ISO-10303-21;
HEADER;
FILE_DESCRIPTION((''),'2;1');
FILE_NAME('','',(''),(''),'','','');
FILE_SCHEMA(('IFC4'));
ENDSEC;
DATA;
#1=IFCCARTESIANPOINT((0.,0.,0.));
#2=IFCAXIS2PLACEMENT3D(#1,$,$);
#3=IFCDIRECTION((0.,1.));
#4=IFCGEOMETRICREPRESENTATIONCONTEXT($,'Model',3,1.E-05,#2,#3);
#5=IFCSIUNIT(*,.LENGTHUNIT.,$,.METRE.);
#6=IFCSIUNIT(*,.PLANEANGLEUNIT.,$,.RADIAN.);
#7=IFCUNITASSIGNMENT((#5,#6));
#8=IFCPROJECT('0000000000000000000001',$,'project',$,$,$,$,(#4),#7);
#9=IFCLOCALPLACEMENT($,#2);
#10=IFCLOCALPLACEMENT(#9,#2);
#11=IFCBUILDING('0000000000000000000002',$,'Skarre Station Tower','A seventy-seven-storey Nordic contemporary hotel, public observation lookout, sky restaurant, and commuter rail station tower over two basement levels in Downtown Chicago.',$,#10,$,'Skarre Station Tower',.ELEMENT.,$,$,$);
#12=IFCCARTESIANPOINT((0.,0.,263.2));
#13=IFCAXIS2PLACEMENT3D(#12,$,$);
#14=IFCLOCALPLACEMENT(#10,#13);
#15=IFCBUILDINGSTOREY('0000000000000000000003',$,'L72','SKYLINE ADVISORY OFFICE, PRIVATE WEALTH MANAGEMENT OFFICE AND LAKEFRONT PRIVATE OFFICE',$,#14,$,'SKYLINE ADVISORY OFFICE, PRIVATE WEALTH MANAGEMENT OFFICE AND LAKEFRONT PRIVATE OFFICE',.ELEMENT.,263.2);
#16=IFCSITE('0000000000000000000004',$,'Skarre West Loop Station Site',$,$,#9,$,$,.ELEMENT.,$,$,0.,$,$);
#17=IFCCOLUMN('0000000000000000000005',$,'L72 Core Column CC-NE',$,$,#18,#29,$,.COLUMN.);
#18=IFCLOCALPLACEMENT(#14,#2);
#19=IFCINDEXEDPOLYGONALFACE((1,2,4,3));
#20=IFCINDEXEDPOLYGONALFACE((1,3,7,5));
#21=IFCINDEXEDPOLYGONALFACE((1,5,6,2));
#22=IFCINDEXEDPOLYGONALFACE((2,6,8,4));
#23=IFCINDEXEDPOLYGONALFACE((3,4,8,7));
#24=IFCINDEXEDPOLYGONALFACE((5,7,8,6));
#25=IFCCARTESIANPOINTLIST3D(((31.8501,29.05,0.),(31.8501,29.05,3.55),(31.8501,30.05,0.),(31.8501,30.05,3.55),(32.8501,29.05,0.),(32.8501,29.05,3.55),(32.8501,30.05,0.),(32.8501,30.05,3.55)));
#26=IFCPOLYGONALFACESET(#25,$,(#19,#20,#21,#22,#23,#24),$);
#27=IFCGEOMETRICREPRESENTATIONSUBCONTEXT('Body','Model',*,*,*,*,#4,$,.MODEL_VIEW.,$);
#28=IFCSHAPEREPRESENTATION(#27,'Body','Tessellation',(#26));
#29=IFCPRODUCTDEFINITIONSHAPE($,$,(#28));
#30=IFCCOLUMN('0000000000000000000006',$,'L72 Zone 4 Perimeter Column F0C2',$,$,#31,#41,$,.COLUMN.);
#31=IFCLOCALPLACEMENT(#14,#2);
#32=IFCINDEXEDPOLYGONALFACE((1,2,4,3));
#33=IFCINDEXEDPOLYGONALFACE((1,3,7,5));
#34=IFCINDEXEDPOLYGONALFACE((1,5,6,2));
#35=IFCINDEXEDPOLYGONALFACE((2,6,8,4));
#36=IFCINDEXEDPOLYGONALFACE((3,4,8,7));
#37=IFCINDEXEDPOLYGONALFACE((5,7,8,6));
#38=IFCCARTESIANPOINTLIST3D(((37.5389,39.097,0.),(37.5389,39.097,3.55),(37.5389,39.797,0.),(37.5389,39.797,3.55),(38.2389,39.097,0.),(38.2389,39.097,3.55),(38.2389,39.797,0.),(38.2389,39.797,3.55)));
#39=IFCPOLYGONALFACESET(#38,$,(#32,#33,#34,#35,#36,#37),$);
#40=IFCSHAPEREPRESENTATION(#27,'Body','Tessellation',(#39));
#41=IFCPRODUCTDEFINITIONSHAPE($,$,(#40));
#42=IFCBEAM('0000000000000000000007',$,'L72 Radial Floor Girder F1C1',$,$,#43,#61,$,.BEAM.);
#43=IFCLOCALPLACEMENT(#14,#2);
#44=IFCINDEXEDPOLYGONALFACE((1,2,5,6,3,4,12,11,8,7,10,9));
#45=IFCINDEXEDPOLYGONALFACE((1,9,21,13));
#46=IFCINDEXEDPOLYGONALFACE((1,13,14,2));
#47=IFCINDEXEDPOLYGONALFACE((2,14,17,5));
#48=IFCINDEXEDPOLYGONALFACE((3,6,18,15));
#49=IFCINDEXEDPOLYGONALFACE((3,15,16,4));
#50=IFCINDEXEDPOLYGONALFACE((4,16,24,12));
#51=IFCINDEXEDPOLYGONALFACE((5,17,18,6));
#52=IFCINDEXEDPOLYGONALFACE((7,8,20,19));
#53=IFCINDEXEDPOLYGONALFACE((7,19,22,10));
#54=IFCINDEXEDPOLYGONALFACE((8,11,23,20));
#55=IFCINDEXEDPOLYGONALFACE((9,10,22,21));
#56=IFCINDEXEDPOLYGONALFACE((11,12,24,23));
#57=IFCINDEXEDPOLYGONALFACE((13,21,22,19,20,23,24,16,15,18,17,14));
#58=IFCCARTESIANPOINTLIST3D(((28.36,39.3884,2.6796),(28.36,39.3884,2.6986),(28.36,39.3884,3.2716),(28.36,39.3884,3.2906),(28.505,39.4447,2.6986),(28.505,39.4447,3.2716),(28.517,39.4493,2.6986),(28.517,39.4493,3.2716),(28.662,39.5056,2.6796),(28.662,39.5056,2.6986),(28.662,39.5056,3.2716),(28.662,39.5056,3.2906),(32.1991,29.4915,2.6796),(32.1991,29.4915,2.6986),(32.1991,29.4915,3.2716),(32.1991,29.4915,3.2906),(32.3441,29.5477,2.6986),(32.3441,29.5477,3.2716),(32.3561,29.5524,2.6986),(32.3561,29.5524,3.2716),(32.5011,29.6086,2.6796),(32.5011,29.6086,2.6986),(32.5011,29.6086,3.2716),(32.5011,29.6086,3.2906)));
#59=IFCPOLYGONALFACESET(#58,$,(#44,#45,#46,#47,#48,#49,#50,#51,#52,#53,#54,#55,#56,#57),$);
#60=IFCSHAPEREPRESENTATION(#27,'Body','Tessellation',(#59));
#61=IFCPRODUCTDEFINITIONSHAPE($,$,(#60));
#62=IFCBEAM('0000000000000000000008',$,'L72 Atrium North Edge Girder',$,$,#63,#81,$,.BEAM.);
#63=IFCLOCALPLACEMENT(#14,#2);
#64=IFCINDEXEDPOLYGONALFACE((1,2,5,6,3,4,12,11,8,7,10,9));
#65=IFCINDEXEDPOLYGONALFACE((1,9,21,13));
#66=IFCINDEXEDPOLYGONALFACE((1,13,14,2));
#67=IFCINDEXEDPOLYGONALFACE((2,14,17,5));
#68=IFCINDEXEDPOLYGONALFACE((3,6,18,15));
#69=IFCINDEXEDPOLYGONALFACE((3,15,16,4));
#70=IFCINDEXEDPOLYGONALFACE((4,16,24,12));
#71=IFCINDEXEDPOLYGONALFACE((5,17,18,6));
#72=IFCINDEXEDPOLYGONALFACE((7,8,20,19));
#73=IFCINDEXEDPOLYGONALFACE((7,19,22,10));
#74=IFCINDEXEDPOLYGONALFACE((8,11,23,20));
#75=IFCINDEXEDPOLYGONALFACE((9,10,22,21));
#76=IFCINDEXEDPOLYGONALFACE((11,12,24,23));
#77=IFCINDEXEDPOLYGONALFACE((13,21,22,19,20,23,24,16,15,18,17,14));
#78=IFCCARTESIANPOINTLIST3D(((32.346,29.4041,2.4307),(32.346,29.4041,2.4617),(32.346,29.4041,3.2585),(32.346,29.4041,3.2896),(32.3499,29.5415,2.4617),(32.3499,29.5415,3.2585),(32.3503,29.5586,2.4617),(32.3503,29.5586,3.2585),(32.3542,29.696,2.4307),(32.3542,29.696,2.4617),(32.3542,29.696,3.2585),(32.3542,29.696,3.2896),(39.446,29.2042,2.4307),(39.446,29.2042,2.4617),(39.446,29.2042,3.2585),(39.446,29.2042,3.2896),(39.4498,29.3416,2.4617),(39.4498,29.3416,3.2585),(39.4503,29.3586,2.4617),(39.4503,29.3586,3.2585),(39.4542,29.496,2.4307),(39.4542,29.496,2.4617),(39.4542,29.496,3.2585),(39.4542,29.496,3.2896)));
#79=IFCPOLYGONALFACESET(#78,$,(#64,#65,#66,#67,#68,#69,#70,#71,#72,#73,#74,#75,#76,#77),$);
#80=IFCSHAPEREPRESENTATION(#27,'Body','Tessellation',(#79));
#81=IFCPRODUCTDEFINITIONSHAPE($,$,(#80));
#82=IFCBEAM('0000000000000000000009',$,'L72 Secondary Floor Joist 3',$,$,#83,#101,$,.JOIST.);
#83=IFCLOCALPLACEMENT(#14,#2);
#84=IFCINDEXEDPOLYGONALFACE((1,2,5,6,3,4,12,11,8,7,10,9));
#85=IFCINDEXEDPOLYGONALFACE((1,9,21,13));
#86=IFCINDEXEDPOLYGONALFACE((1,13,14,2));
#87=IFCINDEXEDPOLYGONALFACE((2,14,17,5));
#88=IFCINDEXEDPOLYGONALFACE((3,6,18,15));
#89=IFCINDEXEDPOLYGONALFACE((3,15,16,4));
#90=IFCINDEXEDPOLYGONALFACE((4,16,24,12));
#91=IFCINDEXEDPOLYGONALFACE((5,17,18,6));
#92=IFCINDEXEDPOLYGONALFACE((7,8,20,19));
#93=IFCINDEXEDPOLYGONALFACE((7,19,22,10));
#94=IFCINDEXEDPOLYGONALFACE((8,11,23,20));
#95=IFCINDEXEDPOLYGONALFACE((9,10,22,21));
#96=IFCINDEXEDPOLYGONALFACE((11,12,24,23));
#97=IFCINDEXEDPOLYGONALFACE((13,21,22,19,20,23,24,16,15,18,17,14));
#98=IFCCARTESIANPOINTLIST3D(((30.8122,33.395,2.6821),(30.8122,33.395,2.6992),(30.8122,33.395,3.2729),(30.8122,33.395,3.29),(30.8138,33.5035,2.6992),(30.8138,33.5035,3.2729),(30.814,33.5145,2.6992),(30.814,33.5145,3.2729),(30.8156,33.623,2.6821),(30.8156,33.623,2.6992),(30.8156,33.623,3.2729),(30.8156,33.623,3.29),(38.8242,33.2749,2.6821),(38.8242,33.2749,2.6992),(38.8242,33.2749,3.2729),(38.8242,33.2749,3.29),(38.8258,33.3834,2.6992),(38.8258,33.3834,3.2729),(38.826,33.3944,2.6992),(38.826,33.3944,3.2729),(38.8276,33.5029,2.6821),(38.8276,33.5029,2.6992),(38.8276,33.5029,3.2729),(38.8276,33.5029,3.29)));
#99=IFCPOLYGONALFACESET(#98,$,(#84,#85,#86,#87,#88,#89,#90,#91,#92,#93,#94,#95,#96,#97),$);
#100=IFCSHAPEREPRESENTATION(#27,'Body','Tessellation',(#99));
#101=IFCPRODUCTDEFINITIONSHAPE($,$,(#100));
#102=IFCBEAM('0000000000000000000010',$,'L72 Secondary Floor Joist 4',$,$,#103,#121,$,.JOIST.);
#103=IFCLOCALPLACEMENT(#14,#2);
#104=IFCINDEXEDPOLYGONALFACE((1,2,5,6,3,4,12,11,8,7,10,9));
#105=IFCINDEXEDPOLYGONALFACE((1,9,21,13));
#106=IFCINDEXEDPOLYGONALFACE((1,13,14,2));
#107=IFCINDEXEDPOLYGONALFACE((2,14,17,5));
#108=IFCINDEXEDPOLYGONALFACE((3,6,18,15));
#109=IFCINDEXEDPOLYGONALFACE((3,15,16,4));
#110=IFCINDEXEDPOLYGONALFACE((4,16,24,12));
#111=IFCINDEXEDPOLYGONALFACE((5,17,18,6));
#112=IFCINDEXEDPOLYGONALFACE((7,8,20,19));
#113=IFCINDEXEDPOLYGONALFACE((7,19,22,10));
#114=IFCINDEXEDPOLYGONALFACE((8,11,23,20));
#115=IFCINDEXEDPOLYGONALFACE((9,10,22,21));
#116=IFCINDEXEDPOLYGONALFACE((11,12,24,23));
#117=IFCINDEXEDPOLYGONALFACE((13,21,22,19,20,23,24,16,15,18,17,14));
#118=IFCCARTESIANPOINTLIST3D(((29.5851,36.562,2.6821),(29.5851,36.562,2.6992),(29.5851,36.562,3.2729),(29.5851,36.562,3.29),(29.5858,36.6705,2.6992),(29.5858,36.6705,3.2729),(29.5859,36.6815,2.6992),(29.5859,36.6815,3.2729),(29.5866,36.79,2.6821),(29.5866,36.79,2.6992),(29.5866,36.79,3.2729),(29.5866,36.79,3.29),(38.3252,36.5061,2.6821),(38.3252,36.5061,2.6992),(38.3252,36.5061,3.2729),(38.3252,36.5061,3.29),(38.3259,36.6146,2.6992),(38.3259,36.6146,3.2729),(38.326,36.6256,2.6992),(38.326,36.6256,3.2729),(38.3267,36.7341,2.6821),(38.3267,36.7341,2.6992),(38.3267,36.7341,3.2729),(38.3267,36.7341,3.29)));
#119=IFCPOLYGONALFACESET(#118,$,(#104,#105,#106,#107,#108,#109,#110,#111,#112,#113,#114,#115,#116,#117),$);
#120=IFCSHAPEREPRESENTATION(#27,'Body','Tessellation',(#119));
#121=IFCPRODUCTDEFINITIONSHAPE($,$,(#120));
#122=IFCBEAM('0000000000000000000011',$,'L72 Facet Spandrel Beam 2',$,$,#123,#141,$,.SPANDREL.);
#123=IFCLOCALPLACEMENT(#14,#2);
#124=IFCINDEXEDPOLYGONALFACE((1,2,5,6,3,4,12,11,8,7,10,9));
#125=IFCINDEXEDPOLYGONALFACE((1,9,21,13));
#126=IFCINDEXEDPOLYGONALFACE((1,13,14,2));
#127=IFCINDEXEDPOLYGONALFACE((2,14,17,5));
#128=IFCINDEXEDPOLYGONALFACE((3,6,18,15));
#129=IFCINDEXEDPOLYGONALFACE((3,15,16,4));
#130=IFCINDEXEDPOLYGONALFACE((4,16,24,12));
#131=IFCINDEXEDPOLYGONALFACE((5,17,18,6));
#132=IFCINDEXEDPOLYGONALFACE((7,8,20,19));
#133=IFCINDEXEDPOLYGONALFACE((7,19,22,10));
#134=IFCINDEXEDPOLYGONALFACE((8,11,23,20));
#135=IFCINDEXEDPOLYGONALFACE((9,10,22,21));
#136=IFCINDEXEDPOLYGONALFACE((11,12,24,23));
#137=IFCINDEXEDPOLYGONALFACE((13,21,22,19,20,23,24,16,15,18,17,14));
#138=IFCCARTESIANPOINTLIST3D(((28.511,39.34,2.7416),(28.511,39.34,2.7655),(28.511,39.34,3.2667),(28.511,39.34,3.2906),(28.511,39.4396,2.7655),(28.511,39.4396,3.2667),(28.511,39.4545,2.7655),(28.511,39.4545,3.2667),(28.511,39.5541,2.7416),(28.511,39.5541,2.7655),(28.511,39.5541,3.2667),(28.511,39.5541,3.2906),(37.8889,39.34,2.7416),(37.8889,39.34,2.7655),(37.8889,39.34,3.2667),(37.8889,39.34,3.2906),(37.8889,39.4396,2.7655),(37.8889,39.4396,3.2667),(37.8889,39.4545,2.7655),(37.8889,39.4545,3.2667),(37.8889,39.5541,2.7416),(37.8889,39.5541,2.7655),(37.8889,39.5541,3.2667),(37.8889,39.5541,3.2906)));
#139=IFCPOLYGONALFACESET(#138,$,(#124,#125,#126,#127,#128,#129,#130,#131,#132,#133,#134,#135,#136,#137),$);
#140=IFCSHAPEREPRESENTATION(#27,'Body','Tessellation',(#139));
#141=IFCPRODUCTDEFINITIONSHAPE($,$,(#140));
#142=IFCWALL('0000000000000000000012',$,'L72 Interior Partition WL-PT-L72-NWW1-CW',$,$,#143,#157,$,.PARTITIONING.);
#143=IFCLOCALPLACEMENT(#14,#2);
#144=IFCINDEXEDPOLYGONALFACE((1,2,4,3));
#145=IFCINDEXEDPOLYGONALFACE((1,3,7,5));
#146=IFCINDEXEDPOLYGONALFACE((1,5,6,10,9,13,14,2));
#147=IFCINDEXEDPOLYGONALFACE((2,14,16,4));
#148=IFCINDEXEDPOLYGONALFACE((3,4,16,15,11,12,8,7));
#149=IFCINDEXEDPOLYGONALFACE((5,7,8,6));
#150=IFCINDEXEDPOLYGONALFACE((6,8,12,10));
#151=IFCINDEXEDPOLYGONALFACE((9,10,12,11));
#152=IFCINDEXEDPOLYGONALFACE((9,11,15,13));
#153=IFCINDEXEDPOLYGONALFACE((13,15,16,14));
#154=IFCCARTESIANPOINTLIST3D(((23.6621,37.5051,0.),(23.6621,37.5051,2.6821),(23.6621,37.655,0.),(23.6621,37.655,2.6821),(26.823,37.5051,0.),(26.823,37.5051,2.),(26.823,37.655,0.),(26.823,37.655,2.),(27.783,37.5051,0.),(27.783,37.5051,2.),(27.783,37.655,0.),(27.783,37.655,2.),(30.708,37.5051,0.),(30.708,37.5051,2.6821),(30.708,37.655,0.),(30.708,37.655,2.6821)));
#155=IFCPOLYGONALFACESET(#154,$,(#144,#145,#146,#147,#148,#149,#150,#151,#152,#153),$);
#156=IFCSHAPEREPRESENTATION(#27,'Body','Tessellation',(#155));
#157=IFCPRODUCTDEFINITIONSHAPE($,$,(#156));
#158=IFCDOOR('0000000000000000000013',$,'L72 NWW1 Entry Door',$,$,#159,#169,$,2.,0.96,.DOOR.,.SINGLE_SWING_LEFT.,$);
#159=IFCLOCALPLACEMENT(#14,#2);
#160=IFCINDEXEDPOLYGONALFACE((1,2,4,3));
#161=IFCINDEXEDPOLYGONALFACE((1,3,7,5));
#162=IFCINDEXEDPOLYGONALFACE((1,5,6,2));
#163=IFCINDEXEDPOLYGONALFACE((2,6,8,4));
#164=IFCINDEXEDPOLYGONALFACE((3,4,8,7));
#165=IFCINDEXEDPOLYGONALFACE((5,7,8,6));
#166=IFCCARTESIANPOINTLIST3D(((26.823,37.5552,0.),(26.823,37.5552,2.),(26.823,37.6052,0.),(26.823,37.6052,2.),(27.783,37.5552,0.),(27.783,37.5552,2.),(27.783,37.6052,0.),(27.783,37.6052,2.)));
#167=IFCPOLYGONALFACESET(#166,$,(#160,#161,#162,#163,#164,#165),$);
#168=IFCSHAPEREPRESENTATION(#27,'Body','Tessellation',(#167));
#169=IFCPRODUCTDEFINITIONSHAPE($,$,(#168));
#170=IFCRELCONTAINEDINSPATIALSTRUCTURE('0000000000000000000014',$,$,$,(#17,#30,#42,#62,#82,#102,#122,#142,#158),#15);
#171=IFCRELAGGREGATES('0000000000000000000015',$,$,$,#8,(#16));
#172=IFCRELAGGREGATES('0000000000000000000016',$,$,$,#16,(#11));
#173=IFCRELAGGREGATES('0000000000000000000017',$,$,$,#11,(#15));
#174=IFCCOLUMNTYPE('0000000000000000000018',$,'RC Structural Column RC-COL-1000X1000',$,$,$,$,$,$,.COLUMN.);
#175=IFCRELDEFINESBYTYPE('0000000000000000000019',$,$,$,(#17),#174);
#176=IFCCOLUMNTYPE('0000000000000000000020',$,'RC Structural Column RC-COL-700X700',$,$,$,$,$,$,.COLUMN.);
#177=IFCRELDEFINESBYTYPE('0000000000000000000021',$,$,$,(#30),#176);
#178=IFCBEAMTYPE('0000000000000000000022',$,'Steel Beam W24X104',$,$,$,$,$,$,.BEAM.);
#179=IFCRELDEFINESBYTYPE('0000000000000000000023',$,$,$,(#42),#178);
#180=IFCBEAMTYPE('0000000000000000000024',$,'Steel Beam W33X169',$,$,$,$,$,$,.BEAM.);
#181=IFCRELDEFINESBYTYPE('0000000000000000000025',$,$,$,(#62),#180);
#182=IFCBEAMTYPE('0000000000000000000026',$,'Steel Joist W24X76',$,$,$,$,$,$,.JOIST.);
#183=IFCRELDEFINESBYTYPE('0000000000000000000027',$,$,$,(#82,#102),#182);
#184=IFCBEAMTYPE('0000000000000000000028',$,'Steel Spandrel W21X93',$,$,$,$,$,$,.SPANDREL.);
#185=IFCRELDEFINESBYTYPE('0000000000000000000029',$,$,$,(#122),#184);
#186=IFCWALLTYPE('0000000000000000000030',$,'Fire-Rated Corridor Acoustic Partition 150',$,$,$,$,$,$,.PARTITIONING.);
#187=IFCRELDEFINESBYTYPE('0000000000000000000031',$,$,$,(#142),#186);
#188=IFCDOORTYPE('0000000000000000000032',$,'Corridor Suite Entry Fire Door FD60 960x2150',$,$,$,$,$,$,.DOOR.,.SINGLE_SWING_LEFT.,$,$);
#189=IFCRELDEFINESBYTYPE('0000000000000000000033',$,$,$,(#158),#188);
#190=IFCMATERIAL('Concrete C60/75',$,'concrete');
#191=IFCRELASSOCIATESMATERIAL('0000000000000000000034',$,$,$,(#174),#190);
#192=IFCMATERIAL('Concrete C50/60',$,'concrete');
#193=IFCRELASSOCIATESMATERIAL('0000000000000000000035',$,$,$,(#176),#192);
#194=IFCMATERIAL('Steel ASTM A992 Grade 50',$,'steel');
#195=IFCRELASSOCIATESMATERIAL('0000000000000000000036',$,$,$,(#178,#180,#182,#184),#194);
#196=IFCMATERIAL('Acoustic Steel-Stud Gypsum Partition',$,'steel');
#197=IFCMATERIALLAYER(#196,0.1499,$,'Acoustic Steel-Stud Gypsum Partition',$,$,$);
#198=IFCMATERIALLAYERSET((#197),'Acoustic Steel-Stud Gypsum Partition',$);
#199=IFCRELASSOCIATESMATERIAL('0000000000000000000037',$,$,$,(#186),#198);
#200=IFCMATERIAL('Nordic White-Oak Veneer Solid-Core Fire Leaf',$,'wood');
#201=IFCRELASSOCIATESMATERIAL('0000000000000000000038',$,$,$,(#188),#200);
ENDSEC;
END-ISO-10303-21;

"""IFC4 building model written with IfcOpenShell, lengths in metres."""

from ifc_helpers import new_model, si_unit, direction, frame, frame_2d, origin, origin_2d, place, context, subcontext, project, spatial, rectangle, i_section, extrude, material, layer, layer_set, material_profile, profile_set, type_object, element, fill, save


model = new_model("IFC4")

# Units and contexts
model_context = context("Model", 3, precision=1e-05, world=origin(), true_north=direction((0.0, 1.0)))
body_context = subcontext(model_context, "Body", "Model", "MODEL_VIEW")
ifc_project = project(units=[si_unit("LENGTHUNIT", "METRE"), si_unit("PLANEANGLEUNIT", "RADIAN")], contexts=[model_context])

# Site, building, storey
site_placement = place(None, origin())
site = spatial("IfcSite", under=ifc_project, at=site_placement, Name="Skarre West Loop Station Site", CompositionType="ELEMENT", RefElevation=0.0)
building_placement = place(site_placement, origin())
building = spatial("IfcBuilding", under=site, at=building_placement, Name="Skarre Station Tower", Description="A seventy-seven-storey Nordic contemporary hotel, public observation lookout, sky restaurant, and commuter rail station tower over two basement levels in Downtown Chicago.", LongName="Skarre Station Tower", CompositionType="ELEMENT")
storey_placement = place(building_placement, frame((0.0, 0.0, 263.2)))
storey = spatial("IfcBuildingStorey", under=building, at=storey_placement, Name="L72", Description="SKYLINE ADVISORY OFFICE, PRIVATE WEALTH MANAGEMENT OFFICE AND LAKEFRONT PRIVATE OFFICE", LongName="SKYLINE ADVISORY OFFICE, PRIVATE WEALTH MANAGEMENT OFFICE AND LAKEFRONT PRIVATE OFFICE", CompositionType="ELEMENT", Elevation=263.2)

# Columns
ifc_material_1 = material(Name="Concrete C60/75", Category="concrete")
ifc_material_profile_1 = material_profile(ifc_material_1, rectangle(XDim=1.0, YDim=1.0, at=origin_2d()), Name="Concrete C60/75")
ifc_profile_set_1 = profile_set([ifc_material_profile_1], Name="Concrete C60/75")
column_type_1 = type_object("IfcColumnType", Name="RC Structural Column RC-COL-1000X1000", PredefinedType="COLUMN", material=ifc_profile_set_1)
column_1_placement = place(storey_placement, frame((32.3501, 29.55, 0.0), z_axis=(0.0, 0.0, 1.0), x_axis=(1.0, 0.0, 0.0)))
element("IfcColumn", 1, at=column_1_placement, inside=storey, type_object=column_type_1, Name="L72 Core Column CC-NE", PredefinedType="COLUMN", context=body_context, shape_type="SweptSolid", body=[
    extrude(rectangle(XDim=1.0, YDim=1.0, at=origin_2d()), origin(), (0.0, 0.0, 1.0), 3.55),
])
ifc_material_2 = material(Name="Concrete C50/60", Category="concrete")
ifc_material_profile_2 = material_profile(ifc_material_2, rectangle(XDim=0.7, YDim=0.7, at=origin_2d()), Name="Concrete C50/60")
ifc_profile_set_2 = profile_set([ifc_material_profile_2], Name="Concrete C50/60")
column_type_2 = type_object("IfcColumnType", Name="RC Structural Column RC-COL-700X700", PredefinedType="COLUMN", material=ifc_profile_set_2)
column_2_placement = place(storey_placement, frame((37.8889, 39.447, 0.0), z_axis=(0.0, 0.0, 1.0), x_axis=(1.0, 0.0, 0.0)))
element("IfcColumn", 2, at=column_2_placement, inside=storey, type_object=column_type_2, Name="L72 Zone 4 Perimeter Column F0C2", PredefinedType="COLUMN", context=body_context, shape_type="SweptSolid", body=[
    extrude(rectangle(XDim=0.7, YDim=0.7, at=origin_2d()), origin(), (0.0, 0.0, 1.0), 3.55),
])

# Beams
ifc_material_3 = material(Name="Steel ASTM A992 Grade 50", Category="steel")
ifc_material_profile_3 = material_profile(ifc_material_3, i_section(OverallWidth=0.324, OverallDepth=0.6111, WebThickness=0.0129, FlangeThickness=0.019, at=origin_2d()), Name="Steel ASTM A992 Grade 50")
ifc_profile_set_3 = profile_set([ifc_material_profile_3], Name="Steel ASTM A992 Grade 50")
beam_type_1 = type_object("IfcBeamType", Name="Steel Beam W24X104", PredefinedType="BEAM", material=ifc_profile_set_3)
beam_1_placement = place(storey_placement, frame((32.3501, 29.55, 2.9851), z_axis=(-0.361651, 0.932313, 0.0), x_axis=(-0.932313, -0.361651, 0.0)))
element("IfcBeam", 3, at=beam_1_placement, inside=storey, type_object=beam_type_1, Name="L72 Radial Floor Girder F1C1", PredefinedType="BEAM", context=body_context, shape_type="SweptSolid", body=[
    extrude(i_section(OverallWidth=0.324, OverallDepth=0.6111, WebThickness=0.0129, FlangeThickness=0.019, at=origin_2d()), origin(), (0.0, 0.0, 1.0), 10.6155),
])
ifc_material_profile_4 = material_profile(ifc_material_3, i_section(OverallWidth=0.292, OverallDepth=0.8589, WebThickness=0.0171, FlangeThickness=0.031, at=origin_2d()), Name="Steel ASTM A992 Grade 50")
ifc_profile_set_4 = profile_set([ifc_material_profile_4], Name="Steel ASTM A992 Grade 50")
beam_type_2 = type_object("IfcBeamType", Name="Steel Beam W33X169", PredefinedType="BEAM", material=ifc_profile_set_4)
beam_2_placement = place(storey_placement, frame((32.3501, 29.55, 2.8601), z_axis=(0.999604, -0.028152, 0.0), x_axis=(0.028152, 0.999604, 0.0)))
element("IfcBeam", 4, at=beam_2_placement, inside=storey, type_object=beam_type_2, Name="L72 Atrium North Edge Girder", PredefinedType="BEAM", context=body_context, shape_type="SweptSolid", body=[
    extrude(i_section(OverallWidth=0.292, OverallDepth=0.8589, WebThickness=0.0171, FlangeThickness=0.031, at=origin_2d()), origin(), (0.0, 0.0, 1.0), 7.1028),
])
ifc_material_profile_5 = material_profile(ifc_material_3, i_section(OverallWidth=0.228, OverallDepth=0.6079, WebThickness=0.011, FlangeThickness=0.0171, at=origin_2d()), Name="Steel ASTM A992 Grade 50")
ifc_profile_set_5 = profile_set([ifc_material_profile_5], Name="Steel ASTM A992 Grade 50")
beam_type_3 = type_object("IfcBeamType", Name="Steel Joist W24X76", PredefinedType="JOIST", material=ifc_profile_set_5)
beam_3_placement = place(storey_placement, frame((38.8259, 33.3889, 2.9861), z_axis=(-0.999888, 0.014991, 0.0), x_axis=(-0.014991, -0.999888, 0.0)))
element("IfcBeam", 5, at=beam_3_placement, inside=storey, type_object=beam_type_3, Name="L72 Secondary Floor Joist 3", PredefinedType="JOIST", context=body_context, shape_type="SweptSolid", body=[
    extrude(i_section(OverallWidth=0.228, OverallDepth=0.6079, WebThickness=0.011, FlangeThickness=0.0171, at=origin_2d()), origin(), (0.0, 0.0, 1.0), 8.0129),
])
beam_4_placement = place(storey_placement, frame((38.3259, 36.6201, 2.9861), z_axis=(-0.99998, 0.006397, 0.0), x_axis=(-0.006397, -0.99998, 0.0)))
element("IfcBeam", 6, at=beam_4_placement, inside=storey, type_object=beam_type_3, Name="L72 Secondary Floor Joist 4", PredefinedType="JOIST", context=body_context, shape_type="SweptSolid", body=[
    extrude(i_section(OverallWidth=0.228, OverallDepth=0.6079, WebThickness=0.011, FlangeThickness=0.0171, at=origin_2d()), origin(), (0.0, 0.0, 1.0), 8.7402),
])
ifc_material_profile_6 = material_profile(ifc_material_3, i_section(OverallWidth=0.2141, OverallDepth=0.5491, WebThickness=0.0149, FlangeThickness=0.0239, at=origin_2d()), Name="Steel ASTM A992 Grade 50")
ifc_profile_set_6 = profile_set([ifc_material_profile_6], Name="Steel ASTM A992 Grade 50")
beam_type_4 = type_object("IfcBeamType", Name="Steel Spandrel W21X93", PredefinedType="SPANDREL", material=ifc_profile_set_6)
beam_5_placement = place(storey_placement, frame((37.8889, 39.447, 3.0161), z_axis=(-1.0, 0.0, 0.0), x_axis=(0.0, -1.0, 0.0)))
element("IfcBeam", 7, at=beam_5_placement, inside=storey, type_object=beam_type_4, Name="L72 Facet Spandrel Beam 2", PredefinedType="SPANDREL", context=body_context, shape_type="SweptSolid", body=[
    extrude(i_section(OverallWidth=0.2141, OverallDepth=0.5491, WebThickness=0.0149, FlangeThickness=0.0239, at=origin_2d()), origin(), (0.0, 0.0, 1.0), 9.3779),
])

# Wall, opening, door
ifc_material_4 = material(Name="Acoustic Steel-Stud Gypsum Partition", Category="steel")
ifc_layer_1 = layer(ifc_material_4, 0.1499, Name="Acoustic Steel-Stud Gypsum Partition")
ifc_layer_set_1 = layer_set([ifc_layer_1], Name="Acoustic Steel-Stud Gypsum Partition")
wall_type_1 = type_object("IfcWallType", Name="Fire-Rated Corridor Acoustic Partition 150", PredefinedType="PARTITIONING", material=ifc_layer_set_1)
wall_1_placement = place(storey_placement, frame((30.708, 37.5801, 0.0), z_axis=(0.0, 0.0, 1.0), x_axis=(-1.0, 0.0, 0.0)))
wall_1 = element("IfcWall", 8, at=wall_1_placement, inside=storey, type_object=wall_type_1, Name="L72 Interior Partition WL-PT-L72-NWW1-CW", PredefinedType="PARTITIONING", context=body_context, shape_type="SweptSolid", body=[
    extrude(rectangle(XDim=7.0459, YDim=0.1499, at=frame_2d((3.5229, 0.0))), origin(), (0.0, 0.0, 1.0), 2.6821),
])
opening_1_placement = place(wall_1_placement, frame((2.925, 0.0, 0.0)))
opening_1 = element("IfcOpeningElement", 9, at=opening_1_placement, cuts=wall_1, PredefinedType="OPENING", context=body_context, shape_type="SweptSolid", body=[
    extrude(rectangle(XDim=0.96, YDim=2.0, at=frame_2d((0.48, 1.0))), frame((0.0, 0.085, 0.0), z_axis=(0.0, -1.0, 0.0), x_axis=(1.0, 0.0, 0.0)), (0.0, 0.0, 1.0), 0.1699),
])
ifc_material_5 = material(Name="Nordic White-Oak Veneer Solid-Core Fire Leaf", Category="wood")
door_type = type_object("IfcDoorType", Name="Corridor Suite Entry Fire Door FD60 960x2150", OperationType="SINGLE_SWING_LEFT", PredefinedType="DOOR", material=ifc_material_5)
door_1_placement = place(opening_1_placement, origin())
door_1 = element("IfcDoor", 10, at=door_1_placement, inside=storey, type_object=door_type, Name="L72 NWW1 Entry Door", OperationType="SINGLE_SWING_LEFT", OverallHeight=2.0, OverallWidth=0.96, PredefinedType="DOOR", context=body_context, shape_type="SweptSolid", body=[
    extrude(rectangle(XDim=0.96, YDim=2.0, at=frame_2d((0.48, 1.0))), frame((0.0, 0.0249, 0.0), z_axis=(0.0, -1.0, 0.0), x_axis=(1.0, 0.0, 0.0)), (0.0, 0.0, 1.0), 0.05),
])
fill(opening_1, door_1)

save(model, "model.ifc")
